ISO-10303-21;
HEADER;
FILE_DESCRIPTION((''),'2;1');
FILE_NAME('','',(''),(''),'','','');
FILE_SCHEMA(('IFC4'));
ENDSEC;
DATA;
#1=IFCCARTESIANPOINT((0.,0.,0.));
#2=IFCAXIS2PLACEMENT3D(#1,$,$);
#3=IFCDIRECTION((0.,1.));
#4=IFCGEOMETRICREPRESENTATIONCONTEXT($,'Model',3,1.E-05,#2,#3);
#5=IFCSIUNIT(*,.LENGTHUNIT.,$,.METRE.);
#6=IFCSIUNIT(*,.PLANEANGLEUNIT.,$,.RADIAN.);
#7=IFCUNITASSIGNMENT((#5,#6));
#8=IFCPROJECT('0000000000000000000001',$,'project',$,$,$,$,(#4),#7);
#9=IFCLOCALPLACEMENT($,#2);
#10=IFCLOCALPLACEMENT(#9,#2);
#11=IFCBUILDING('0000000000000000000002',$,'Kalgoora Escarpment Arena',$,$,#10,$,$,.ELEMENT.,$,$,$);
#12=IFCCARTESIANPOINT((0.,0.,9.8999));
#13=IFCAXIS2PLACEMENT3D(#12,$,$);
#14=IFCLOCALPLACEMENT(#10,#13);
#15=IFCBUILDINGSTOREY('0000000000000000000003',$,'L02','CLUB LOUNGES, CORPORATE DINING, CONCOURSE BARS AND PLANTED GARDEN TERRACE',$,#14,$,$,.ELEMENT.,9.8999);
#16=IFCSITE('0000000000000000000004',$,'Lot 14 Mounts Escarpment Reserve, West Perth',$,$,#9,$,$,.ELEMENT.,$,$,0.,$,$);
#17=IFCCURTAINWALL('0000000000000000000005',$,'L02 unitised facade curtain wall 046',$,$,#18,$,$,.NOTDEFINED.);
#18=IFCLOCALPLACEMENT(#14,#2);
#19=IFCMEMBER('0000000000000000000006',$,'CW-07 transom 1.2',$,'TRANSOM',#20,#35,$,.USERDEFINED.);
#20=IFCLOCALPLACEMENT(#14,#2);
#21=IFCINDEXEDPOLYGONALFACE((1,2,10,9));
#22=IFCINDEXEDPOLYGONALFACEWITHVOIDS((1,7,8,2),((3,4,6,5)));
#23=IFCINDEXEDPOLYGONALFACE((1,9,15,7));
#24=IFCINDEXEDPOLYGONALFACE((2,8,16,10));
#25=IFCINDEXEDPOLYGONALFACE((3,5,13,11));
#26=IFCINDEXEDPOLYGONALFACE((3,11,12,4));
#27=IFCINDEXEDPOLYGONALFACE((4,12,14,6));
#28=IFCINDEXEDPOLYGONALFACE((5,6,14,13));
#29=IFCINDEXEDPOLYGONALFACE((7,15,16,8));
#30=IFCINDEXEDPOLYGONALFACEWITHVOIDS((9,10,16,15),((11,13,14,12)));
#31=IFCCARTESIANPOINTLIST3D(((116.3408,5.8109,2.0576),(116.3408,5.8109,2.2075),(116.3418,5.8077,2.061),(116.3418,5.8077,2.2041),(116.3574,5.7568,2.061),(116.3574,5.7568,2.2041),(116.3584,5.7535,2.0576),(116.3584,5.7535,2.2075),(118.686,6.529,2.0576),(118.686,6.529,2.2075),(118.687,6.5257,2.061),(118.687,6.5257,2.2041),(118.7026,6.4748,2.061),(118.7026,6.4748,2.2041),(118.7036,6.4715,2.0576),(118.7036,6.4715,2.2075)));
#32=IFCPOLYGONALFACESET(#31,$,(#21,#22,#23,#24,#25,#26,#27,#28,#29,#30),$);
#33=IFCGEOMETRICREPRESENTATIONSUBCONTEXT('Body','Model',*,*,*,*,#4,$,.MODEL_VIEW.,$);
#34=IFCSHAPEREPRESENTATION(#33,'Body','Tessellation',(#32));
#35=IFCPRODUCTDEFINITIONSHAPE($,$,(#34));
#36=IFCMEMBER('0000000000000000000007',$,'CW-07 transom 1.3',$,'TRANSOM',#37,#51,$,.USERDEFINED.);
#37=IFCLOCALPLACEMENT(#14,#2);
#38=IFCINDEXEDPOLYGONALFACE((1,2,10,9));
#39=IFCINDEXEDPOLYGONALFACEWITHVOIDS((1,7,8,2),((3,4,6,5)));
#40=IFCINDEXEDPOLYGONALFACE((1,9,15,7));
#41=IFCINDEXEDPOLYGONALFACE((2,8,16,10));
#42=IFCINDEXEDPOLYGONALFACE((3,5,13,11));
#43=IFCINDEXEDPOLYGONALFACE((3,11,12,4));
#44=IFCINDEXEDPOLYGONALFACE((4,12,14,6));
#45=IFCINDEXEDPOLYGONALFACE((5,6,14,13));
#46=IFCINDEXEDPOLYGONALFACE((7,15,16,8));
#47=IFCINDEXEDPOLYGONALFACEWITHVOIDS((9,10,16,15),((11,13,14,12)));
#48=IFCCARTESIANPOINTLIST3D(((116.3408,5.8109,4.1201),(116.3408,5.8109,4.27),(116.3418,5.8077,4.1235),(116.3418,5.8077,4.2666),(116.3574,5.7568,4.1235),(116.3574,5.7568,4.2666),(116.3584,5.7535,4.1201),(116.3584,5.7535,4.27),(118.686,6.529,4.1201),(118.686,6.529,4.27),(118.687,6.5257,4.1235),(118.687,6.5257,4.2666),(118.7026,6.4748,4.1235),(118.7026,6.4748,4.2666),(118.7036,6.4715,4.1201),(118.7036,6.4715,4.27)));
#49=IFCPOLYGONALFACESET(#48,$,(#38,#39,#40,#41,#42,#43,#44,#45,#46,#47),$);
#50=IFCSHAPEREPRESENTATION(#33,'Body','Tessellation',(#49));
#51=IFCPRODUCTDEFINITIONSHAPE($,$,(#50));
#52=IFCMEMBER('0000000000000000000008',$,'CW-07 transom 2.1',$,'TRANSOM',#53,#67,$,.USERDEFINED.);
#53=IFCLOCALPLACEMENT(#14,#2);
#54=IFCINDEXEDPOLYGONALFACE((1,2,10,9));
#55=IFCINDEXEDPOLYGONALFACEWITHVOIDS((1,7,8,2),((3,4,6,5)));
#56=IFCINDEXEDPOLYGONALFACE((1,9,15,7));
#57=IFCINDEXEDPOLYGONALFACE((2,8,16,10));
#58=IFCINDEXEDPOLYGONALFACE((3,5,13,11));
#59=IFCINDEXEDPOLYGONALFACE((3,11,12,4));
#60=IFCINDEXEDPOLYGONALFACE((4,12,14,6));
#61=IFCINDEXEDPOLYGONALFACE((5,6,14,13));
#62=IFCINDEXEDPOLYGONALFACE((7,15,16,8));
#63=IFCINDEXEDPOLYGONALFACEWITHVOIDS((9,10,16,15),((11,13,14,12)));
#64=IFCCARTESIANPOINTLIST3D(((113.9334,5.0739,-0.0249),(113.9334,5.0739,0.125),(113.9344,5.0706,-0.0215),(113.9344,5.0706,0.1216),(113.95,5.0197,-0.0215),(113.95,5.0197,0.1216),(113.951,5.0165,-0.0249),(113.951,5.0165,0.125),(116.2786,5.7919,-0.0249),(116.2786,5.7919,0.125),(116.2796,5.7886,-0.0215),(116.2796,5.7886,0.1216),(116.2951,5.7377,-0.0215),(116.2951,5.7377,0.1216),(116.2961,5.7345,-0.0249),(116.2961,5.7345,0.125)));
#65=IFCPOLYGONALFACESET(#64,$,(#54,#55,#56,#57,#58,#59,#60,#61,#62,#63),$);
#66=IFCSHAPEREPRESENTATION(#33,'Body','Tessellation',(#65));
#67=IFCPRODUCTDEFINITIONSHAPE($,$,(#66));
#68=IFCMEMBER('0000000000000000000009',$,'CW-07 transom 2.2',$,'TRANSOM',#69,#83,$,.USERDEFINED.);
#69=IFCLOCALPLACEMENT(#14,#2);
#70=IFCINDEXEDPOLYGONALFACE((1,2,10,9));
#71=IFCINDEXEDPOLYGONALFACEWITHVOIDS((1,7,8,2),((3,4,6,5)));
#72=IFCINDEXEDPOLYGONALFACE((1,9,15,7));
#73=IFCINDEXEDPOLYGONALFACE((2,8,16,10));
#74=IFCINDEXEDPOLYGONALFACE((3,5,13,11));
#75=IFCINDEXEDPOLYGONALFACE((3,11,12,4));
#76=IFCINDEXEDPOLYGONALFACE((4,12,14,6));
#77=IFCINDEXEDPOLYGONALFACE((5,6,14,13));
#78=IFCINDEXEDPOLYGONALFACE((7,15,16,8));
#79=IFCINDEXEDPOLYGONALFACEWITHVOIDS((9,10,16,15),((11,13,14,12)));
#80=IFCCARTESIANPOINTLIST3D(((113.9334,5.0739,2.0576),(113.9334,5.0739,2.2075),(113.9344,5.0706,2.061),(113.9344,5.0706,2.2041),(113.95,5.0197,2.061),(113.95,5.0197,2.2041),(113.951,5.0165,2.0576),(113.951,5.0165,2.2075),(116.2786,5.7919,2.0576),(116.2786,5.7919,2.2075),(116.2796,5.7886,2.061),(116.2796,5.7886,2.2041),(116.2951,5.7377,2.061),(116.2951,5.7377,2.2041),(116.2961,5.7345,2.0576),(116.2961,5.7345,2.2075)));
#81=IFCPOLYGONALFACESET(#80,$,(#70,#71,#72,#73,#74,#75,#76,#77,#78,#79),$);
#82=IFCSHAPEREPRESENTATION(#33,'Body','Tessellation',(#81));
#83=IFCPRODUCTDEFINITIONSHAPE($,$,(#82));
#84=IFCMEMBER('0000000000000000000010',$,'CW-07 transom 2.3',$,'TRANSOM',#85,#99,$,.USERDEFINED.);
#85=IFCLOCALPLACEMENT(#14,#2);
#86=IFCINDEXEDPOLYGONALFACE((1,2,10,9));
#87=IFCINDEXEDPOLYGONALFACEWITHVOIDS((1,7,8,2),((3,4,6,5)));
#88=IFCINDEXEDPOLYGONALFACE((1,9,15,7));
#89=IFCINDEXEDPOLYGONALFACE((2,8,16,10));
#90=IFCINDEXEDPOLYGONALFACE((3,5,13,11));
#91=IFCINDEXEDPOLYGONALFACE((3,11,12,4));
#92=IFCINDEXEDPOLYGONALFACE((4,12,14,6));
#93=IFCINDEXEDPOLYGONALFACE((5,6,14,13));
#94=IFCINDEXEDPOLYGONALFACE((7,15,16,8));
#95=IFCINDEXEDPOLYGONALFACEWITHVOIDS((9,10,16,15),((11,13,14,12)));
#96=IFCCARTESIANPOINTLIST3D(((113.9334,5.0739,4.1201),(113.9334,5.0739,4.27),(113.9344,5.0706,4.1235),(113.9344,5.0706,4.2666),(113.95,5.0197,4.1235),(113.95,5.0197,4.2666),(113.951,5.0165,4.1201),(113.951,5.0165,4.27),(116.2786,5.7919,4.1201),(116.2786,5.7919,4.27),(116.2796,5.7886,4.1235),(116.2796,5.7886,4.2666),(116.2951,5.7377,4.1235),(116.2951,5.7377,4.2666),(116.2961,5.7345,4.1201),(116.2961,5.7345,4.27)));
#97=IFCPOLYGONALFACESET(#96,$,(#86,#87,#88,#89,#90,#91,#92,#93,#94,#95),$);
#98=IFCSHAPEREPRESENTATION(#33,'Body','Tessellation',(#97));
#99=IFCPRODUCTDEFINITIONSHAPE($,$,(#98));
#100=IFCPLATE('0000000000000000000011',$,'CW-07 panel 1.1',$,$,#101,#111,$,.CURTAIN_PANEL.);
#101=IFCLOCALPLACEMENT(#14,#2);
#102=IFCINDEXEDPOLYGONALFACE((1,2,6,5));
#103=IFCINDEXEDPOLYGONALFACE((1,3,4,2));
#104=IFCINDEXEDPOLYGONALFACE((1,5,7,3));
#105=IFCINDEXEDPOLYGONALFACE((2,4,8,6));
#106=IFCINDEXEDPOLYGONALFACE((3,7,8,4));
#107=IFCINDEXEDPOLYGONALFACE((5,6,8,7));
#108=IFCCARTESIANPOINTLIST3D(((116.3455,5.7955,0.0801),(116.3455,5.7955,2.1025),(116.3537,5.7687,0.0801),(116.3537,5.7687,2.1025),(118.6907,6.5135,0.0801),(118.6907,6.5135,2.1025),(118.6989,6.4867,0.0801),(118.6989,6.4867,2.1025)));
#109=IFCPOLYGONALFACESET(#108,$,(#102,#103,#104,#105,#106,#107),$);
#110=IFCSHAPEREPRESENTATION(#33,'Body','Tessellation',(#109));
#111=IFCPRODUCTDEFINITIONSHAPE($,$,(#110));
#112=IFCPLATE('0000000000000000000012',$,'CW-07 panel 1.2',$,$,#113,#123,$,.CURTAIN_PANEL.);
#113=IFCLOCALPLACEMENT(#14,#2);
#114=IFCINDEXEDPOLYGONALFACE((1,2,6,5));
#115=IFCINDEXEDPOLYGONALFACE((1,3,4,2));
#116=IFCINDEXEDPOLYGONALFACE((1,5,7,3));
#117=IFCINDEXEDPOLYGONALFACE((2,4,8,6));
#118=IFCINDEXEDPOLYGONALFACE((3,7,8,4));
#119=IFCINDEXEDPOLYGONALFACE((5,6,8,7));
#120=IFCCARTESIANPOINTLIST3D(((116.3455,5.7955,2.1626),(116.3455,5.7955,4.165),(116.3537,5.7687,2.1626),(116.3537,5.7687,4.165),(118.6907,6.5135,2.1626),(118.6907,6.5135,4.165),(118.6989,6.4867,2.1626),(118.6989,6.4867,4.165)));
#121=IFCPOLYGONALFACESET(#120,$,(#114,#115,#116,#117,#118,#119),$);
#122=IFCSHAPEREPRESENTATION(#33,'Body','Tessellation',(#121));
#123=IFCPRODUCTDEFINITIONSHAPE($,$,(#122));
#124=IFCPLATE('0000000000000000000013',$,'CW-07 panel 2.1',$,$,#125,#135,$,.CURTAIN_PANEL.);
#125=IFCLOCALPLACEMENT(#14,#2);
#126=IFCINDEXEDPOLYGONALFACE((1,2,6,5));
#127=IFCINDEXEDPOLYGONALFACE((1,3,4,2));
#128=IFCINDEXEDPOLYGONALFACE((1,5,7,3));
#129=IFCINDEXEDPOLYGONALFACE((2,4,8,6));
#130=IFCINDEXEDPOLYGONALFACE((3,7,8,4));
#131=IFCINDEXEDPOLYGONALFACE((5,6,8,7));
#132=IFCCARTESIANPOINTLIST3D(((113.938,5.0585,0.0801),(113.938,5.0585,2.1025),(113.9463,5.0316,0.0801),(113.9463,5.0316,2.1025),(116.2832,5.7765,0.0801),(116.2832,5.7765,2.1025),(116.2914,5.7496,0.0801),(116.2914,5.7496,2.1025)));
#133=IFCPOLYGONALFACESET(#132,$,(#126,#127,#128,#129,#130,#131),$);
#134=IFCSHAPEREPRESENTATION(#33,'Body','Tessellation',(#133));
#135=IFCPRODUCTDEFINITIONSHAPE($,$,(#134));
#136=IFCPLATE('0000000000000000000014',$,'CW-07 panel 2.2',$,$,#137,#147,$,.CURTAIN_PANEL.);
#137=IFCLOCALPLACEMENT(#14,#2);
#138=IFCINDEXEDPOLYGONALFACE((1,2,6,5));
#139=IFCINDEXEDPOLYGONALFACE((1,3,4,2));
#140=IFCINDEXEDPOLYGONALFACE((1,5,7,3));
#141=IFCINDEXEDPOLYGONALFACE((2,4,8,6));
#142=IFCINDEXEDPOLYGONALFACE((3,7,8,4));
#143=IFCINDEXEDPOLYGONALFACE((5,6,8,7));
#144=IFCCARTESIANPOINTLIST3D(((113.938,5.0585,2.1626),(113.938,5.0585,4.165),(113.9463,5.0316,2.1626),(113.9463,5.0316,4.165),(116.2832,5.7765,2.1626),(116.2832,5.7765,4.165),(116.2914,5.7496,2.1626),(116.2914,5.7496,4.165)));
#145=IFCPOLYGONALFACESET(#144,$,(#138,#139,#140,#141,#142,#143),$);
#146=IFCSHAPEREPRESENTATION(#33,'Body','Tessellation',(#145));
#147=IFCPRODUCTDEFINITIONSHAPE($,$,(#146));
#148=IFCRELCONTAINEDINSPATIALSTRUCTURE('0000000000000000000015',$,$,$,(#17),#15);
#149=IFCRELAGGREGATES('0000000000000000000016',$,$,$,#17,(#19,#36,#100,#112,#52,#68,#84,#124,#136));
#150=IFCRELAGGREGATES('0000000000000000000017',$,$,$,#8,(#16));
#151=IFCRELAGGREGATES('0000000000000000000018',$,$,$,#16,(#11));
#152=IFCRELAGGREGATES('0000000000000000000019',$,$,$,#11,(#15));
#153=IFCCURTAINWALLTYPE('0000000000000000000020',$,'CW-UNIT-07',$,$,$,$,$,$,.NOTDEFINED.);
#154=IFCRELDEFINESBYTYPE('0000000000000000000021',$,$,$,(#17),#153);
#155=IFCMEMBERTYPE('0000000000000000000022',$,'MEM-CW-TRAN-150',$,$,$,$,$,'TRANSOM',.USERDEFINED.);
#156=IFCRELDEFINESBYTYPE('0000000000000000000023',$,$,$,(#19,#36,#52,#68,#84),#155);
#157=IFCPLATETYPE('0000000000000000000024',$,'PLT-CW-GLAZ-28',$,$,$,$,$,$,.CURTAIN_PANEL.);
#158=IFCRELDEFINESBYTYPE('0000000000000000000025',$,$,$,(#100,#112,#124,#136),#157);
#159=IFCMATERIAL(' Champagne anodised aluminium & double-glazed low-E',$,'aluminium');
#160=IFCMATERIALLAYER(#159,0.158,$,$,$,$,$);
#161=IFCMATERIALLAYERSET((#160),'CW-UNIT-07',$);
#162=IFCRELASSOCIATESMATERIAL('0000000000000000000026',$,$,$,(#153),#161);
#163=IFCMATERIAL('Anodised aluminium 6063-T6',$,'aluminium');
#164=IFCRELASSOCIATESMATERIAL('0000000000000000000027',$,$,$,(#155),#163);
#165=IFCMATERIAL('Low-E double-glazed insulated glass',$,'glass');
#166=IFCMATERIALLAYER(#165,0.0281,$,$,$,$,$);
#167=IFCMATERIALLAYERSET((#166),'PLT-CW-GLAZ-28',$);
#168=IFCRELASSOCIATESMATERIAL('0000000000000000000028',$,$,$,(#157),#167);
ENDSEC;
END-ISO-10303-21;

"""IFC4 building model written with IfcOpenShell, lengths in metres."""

from ifc_helpers import new_model, si_unit, direction, frame, origin, origin_2d, place, context, subcontext, project, spatial, rectangle, hollow_rectangle, extrude, material, layer, layer_set, material_profile, profile_set, type_object, element, aggregate, save


model = new_model("IFC4")

# Units and contexts
model_context = context("Model", 3, precision=1e-05, world=origin(), true_north=direction((0.0, 1.0)))
body_context = subcontext(model_context, "Body", "Model", "MODEL_VIEW")
ifc_project = project(units=[si_unit("LENGTHUNIT", "METRE"), si_unit("PLANEANGLEUNIT", "RADIAN")], contexts=[model_context])

# Site, building, storey
site_placement = place(None, origin())
site = spatial("IfcSite", under=ifc_project, at=site_placement, Name="Lot 14 Mounts Escarpment Reserve, West Perth", CompositionType="ELEMENT", RefElevation=0.0)
building_placement = place(site_placement, origin())
building = spatial("IfcBuilding", under=site, at=building_placement, Name="Kalgoora Escarpment Arena", CompositionType="ELEMENT")
storey_placement = place(building_placement, frame((0.0, 0.0, 9.8999)))
storey = spatial("IfcBuildingStorey", under=building, at=storey_placement, Name="L02", Description="CLUB LOUNGES, CORPORATE DINING, CONCOURSE BARS AND PLANTED GARDEN TERRACE", CompositionType="ELEMENT", Elevation=9.8999)

# Curtain wall, members, plates
ifc_material_1 = material(Name=" Champagne anodised aluminium & double-glazed low-E", Category="aluminium")
ifc_layer_1 = layer(ifc_material_1, 0.158)
ifc_layer_set_1 = layer_set([ifc_layer_1], Name="CW-UNIT-07")
curtain_wall_type_1 = type_object("IfcCurtainWallType", Name="CW-UNIT-07", PredefinedType="NOTDEFINED", material=ifc_layer_set_1)
curtain_wall_1_placement = place(storey_placement, origin())
curtain_wall_1 = element("IfcCurtainWall", 1, at=curtain_wall_1_placement, inside=storey, type_object=curtain_wall_type_1, Name="L02 unitised facade curtain wall 046", PredefinedType="NOTDEFINED")
ifc_material_2 = material(Name="Anodised aluminium 6063-T6", Category="aluminium")
ifc_material_profile_1 = material_profile(ifc_material_2, hollow_rectangle(XDim=0.0601, YDim=0.1499, WallThickness=0.0034, at=origin_2d()))
ifc_profile_set_1 = profile_set([ifc_material_profile_1], Name="Anodised aluminium 6063-T6")
member_type_1 = type_object("IfcMemberType", Name="MEM-CW-TRAN-150", ElementType="TRANSOM", PredefinedType="USERDEFINED", material=ifc_profile_set_1)
member_1_placement = place(storey_placement, frame((118.6948, 6.5002, 2.1326), z_axis=(-0.956189, -0.29275, 0.0), x_axis=(0.29275, -0.956189, 0.0)))
member_1 = element("IfcMember", 2, at=member_1_placement, type_object=member_type_1, Name="CW-07 transom 1.2", ObjectType="TRANSOM", PredefinedType="USERDEFINED", context=body_context, shape_type="SweptSolid", body=[
    extrude(hollow_rectangle(XDim=0.0601, YDim=0.1499, WallThickness=0.0034, at=origin_2d()), origin(), (0.0, 0.0, 1.0), 2.4526),
])
member_2_placement = place(storey_placement, frame((118.6948, 6.5002, 4.1951), z_axis=(-0.956189, -0.29275, 0.0), x_axis=(0.29275, -0.956189, 0.0)))
member_2 = element("IfcMember", 3, at=member_2_placement, type_object=member_type_1, Name="CW-07 transom 1.3", ObjectType="TRANSOM", PredefinedType="USERDEFINED", context=body_context, shape_type="SweptSolid", body=[
    extrude(hollow_rectangle(XDim=0.0601, YDim=0.1499, WallThickness=0.0034, at=origin_2d()), origin(), (0.0, 0.0, 1.0), 2.4526),
])
member_3_placement = place(storey_placement, frame((116.2874, 5.7632, 0.05), z_axis=(-0.956189, -0.29275, 0.0), x_axis=(0.29275, -0.956189, 0.0)))
member_3 = element("IfcMember", 4, at=member_3_placement, type_object=member_type_1, Name="CW-07 transom 2.1", ObjectType="TRANSOM", PredefinedType="USERDEFINED", context=body_context, shape_type="SweptSolid", body=[
    extrude(hollow_rectangle(XDim=0.0601, YDim=0.1499, WallThickness=0.0034, at=origin_2d()), origin(), (0.0, 0.0, 1.0), 2.4526),
])
member_4_placement = place(storey_placement, frame((116.2874, 5.7632, 2.1326), z_axis=(-0.956189, -0.29275, 0.0), x_axis=(0.29275, -0.956189, 0.0)))
member_4 = element("IfcMember", 5, at=member_4_placement, type_object=member_type_1, Name="CW-07 transom 2.2", ObjectType="TRANSOM", PredefinedType="USERDEFINED", context=body_context, shape_type="SweptSolid", body=[
    extrude(hollow_rectangle(XDim=0.0601, YDim=0.1499, WallThickness=0.0034, at=origin_2d()), origin(), (0.0, 0.0, 1.0), 2.4526),
])
member_5_placement = place(storey_placement, frame((116.2874, 5.7632, 4.1951), z_axis=(-0.956189, -0.29275, 0.0), x_axis=(0.29275, -0.956189, 0.0)))
member_5 = element("IfcMember", 6, at=member_5_placement, type_object=member_type_1, Name="CW-07 transom 2.3", ObjectType="TRANSOM", PredefinedType="USERDEFINED", context=body_context, shape_type="SweptSolid", body=[
    extrude(hollow_rectangle(XDim=0.0601, YDim=0.1499, WallThickness=0.0034, at=origin_2d()), origin(), (0.0, 0.0, 1.0), 2.4526),
])
ifc_material_3 = material(Name="Low-E double-glazed insulated glass", Category="glass")
ifc_layer_2 = layer(ifc_material_3, 0.0281)
ifc_layer_set_2 = layer_set([ifc_layer_2], Name="PLT-CW-GLAZ-28")
plate_type = type_object("IfcPlateType", Name="PLT-CW-GLAZ-28", PredefinedType="CURTAIN_PANEL", material=ifc_layer_set_2)
plate_1_placement = place(storey_placement, frame((117.5222, 6.1411, 0.0801), z_axis=(0.0, 0.0, 1.0), x_axis=(-0.956191, -0.292745, 0.0)))
plate_1 = element("IfcPlate", 7, at=plate_1_placement, type_object=plate_type, Name="CW-07 panel 1.1", PredefinedType="CURTAIN_PANEL", context=body_context, shape_type="SweptSolid", body=[
    extrude(rectangle(XDim=2.4526, YDim=0.0281, at=origin_2d()), origin(), (0.0, 0.0, 1.0), 2.0225),
])
plate_2_placement = place(storey_placement, frame((117.5222, 6.1411, 2.1626), z_axis=(0.0, 0.0, 1.0), x_axis=(-0.956191, -0.292745, 0.0)))
plate_2 = element("IfcPlate", 8, at=plate_2_placement, type_object=plate_type, Name="CW-07 panel 1.2", PredefinedType="CURTAIN_PANEL", context=body_context, shape_type="SweptSolid", body=[
    extrude(rectangle(XDim=2.4526, YDim=0.0281, at=origin_2d()), origin(), (0.0, 0.0, 1.0), 2.0024),
])
plate_3_placement = place(storey_placement, frame((115.1147, 5.4041, 0.0801), z_axis=(0.0, 0.0, 1.0), x_axis=(-0.956191, -0.292745, 0.0)))
plate_3 = element("IfcPlate", 9, at=plate_3_placement, type_object=plate_type, Name="CW-07 panel 2.1", PredefinedType="CURTAIN_PANEL", context=body_context, shape_type="SweptSolid", body=[
    extrude(rectangle(XDim=2.4526, YDim=0.0281, at=origin_2d()), origin(), (0.0, 0.0, 1.0), 2.0225),
])
plate_4_placement = place(storey_placement, frame((115.1147, 5.4041, 2.1626), z_axis=(0.0, 0.0, 1.0), x_axis=(-0.956191, -0.292745, 0.0)))
plate_4 = element("IfcPlate", 10, at=plate_4_placement, type_object=plate_type, Name="CW-07 panel 2.2", PredefinedType="CURTAIN_PANEL", context=body_context, shape_type="SweptSolid", body=[
    extrude(rectangle(XDim=2.4526, YDim=0.0281, at=origin_2d()), origin(), (0.0, 0.0, 1.0), 2.0024),
])
aggregate(curtain_wall_1, [member_1, member_2, plate_1, plate_2, member_3, member_4, member_5, plate_3, plate_4])

save(model, "model.ifc")
